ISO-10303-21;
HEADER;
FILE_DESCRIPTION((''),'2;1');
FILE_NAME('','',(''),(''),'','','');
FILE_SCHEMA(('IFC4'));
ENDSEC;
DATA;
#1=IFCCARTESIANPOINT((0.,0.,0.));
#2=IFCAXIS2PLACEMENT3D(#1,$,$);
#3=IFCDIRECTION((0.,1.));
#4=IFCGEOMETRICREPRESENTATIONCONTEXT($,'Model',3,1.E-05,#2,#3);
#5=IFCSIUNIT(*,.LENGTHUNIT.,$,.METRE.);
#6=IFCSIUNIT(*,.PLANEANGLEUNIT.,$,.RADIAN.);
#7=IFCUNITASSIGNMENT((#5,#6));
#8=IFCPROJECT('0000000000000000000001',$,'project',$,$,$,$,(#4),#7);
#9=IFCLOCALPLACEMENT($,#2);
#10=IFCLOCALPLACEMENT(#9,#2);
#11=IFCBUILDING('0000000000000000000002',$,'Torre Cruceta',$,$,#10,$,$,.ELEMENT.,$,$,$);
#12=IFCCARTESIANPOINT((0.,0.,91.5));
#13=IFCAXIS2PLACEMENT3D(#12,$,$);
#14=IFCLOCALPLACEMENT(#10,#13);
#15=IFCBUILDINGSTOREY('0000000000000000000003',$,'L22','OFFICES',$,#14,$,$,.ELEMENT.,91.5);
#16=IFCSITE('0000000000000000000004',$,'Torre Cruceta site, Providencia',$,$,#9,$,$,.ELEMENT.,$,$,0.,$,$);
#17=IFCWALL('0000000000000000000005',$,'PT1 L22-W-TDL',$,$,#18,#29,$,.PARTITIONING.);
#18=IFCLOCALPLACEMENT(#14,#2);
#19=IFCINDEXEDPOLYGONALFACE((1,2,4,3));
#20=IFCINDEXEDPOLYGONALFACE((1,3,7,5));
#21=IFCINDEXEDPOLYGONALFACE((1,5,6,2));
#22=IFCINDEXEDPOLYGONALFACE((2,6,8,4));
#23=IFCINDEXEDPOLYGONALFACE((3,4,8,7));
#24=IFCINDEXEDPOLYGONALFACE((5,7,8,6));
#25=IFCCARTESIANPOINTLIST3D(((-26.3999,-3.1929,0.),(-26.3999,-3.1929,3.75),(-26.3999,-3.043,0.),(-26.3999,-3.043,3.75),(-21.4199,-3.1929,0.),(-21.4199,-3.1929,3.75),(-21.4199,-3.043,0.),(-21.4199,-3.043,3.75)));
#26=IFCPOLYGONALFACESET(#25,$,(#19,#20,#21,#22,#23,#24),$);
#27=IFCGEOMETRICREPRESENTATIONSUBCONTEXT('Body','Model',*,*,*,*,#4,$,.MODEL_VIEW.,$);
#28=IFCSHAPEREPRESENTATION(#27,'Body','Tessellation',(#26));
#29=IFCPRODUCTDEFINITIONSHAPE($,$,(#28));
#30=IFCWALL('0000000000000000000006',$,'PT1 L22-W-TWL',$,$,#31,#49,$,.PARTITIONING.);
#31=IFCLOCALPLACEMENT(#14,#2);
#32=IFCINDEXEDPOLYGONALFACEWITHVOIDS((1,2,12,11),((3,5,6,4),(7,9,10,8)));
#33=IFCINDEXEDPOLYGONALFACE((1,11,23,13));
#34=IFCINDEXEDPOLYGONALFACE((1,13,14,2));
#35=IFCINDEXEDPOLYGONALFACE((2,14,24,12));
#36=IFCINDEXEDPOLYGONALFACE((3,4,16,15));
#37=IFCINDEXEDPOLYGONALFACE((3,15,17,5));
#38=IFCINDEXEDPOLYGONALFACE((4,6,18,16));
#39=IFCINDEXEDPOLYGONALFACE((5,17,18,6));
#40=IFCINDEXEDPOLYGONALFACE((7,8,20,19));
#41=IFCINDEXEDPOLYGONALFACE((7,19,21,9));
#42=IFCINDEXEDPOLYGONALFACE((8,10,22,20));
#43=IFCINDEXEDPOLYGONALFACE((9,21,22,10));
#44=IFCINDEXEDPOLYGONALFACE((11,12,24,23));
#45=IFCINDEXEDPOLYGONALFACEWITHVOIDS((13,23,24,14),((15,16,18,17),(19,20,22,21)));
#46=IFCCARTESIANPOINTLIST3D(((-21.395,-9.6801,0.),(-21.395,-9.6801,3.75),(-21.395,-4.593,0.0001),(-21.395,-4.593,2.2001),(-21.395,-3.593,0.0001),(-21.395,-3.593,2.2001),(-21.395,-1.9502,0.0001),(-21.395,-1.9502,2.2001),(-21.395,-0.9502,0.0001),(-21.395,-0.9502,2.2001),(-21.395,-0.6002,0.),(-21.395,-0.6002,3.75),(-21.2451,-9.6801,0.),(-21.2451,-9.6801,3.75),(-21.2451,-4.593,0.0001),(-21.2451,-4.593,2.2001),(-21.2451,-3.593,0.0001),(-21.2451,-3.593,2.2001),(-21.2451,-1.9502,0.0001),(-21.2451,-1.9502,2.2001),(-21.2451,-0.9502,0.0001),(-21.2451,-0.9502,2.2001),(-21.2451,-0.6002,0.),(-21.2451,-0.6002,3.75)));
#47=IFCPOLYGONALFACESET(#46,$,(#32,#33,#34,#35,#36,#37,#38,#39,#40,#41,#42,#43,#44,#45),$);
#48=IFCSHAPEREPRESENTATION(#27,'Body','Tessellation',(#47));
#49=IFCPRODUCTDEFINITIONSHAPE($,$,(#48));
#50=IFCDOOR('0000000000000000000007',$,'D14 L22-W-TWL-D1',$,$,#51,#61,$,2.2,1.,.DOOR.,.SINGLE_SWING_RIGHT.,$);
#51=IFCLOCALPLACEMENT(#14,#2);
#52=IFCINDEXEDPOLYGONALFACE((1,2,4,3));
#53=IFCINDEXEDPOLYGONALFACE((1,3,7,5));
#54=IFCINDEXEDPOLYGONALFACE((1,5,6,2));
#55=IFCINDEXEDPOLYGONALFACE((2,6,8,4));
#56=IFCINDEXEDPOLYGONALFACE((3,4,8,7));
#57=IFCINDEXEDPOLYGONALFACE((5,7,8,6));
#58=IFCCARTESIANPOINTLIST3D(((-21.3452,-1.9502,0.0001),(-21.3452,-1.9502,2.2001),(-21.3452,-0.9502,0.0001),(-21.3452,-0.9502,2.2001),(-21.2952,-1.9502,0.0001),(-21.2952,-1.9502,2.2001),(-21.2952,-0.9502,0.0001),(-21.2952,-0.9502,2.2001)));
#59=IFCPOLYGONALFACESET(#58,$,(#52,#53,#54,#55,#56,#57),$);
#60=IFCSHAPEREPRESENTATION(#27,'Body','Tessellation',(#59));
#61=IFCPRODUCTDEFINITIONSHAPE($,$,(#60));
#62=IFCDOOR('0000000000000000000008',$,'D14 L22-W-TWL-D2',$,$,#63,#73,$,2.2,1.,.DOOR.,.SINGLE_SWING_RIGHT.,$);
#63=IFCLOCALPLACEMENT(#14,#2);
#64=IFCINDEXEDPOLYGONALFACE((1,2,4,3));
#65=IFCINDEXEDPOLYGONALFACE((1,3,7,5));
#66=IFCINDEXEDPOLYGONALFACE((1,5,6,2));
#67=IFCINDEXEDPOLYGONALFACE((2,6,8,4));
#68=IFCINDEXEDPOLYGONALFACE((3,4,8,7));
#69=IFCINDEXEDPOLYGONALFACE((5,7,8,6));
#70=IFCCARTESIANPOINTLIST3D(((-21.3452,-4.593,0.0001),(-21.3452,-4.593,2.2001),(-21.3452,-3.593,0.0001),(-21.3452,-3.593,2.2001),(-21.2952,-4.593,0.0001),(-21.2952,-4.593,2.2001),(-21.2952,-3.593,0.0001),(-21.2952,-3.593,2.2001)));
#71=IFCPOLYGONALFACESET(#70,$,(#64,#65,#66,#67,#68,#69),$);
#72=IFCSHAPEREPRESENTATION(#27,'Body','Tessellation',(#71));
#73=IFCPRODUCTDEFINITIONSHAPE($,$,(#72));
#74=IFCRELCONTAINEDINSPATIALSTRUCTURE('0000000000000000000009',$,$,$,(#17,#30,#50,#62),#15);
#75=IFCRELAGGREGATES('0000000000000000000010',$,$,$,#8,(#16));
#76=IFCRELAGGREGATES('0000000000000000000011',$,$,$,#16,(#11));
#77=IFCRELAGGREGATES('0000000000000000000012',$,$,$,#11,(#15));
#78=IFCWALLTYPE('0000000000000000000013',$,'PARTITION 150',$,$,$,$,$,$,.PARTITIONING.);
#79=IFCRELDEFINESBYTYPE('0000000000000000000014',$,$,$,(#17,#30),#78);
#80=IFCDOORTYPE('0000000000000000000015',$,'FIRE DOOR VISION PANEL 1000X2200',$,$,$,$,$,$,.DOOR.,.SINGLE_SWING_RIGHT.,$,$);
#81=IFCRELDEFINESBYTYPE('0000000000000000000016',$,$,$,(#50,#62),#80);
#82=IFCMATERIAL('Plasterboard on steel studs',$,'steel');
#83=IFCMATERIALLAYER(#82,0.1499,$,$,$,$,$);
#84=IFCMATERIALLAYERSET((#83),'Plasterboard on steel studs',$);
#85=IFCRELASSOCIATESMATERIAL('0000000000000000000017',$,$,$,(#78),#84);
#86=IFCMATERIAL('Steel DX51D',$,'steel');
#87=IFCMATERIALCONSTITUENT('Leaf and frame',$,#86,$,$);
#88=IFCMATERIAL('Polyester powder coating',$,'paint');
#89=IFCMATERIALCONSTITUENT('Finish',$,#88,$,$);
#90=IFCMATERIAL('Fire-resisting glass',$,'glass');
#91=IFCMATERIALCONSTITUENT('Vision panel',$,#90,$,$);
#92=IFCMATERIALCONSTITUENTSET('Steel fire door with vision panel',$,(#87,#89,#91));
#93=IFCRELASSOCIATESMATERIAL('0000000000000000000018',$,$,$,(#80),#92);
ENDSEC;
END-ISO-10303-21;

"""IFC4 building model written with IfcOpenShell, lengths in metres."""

from ifc_helpers import new_model, si_unit, direction, frame, frame_2d, origin, place, context, subcontext, project, spatial, rectangle, extrude, material, layer, layer_set, constituent, constituent_set, type_object, element, fill, save


model = new_model("IFC4")

# Units and contexts
model_context = context("Model", 3, precision=1e-05, world=origin(), true_north=direction((0.0, 1.0)))
body_context = subcontext(model_context, "Body", "Model", "MODEL_VIEW")
ifc_project = project(units=[si_unit("LENGTHUNIT", "METRE"), si_unit("PLANEANGLEUNIT", "RADIAN")], contexts=[model_context])

# Site, building, storey
site_placement = place(None, origin())
site = spatial("IfcSite", under=ifc_project, at=site_placement, Name="Torre Cruceta site, Providencia", CompositionType="ELEMENT", RefElevation=0.0)
building_placement = place(site_placement, origin())
building = spatial("IfcBuilding", under=site, at=building_placement, Name="Torre Cruceta", CompositionType="ELEMENT")
storey_placement = place(building_placement, frame((0.0, 0.0, 91.5)))
storey = spatial("IfcBuildingStorey", under=building, at=storey_placement, Name="L22", Description="OFFICES", CompositionType="ELEMENT", Elevation=91.5)

# Shared definitions
ifc_material_1 = material(Name="Plasterboard on steel studs", Category="steel")
ifc_layer_1 = layer(ifc_material_1, 0.1499)
ifc_layer_set_1 = layer_set([ifc_layer_1], Name="Plasterboard on steel studs")
wall_type_1 = type_object("IfcWallType", Name="PARTITION 150", PredefinedType="PARTITIONING", material=ifc_layer_set_1)

# Wall
wall_1_placement = place(storey_placement, frame((-21.4199, -3.1179, 0.0), z_axis=(0.0, 0.0, 1.0), x_axis=(-1.0, 0.0, 0.0)))
element("IfcWall", 1, at=wall_1_placement, inside=storey, type_object=wall_type_1, Name="PT1 L22-W-TDL", PredefinedType="PARTITIONING", context=body_context, shape_type="SweptSolid", body=[
    extrude(rectangle(XDim=4.98, YDim=0.1499, at=frame_2d((2.49, 0.0))), origin(), (0.0, 0.0, 1.0), 3.75),
])

# Wall, openings, doors
wall_2_placement = place(storey_placement, frame((-21.3201, -0.6001, 0.0), z_axis=(0.0, 0.0, 1.0), x_axis=(0.0, -1.0, 0.0)))
wall_2 = element("IfcWall", 2, at=wall_2_placement, inside=storey, type_object=wall_type_1, Name="PT1 L22-W-TWL", PredefinedType="PARTITIONING", context=body_context, shape_type="SweptSolid", body=[
    extrude(rectangle(XDim=9.0798, YDim=0.1499, at=frame_2d((4.54, 0.0))), origin(), (0.0, 0.0, 1.0), 3.75),
])
opening_1_placement = place(wall_2_placement, frame((0.3501, 0.0, 0.0)))
opening_1 = element("IfcOpeningElement", 3, at=opening_1_placement, cuts=wall_2, PredefinedType="OPENING", context=body_context, shape_type="SweptSolid", body=[
    extrude(rectangle(XDim=1.0, YDim=2.2, at=frame_2d((0.5, 1.1001))), frame((0.0, 0.085, 0.0), z_axis=(0.0, -1.0, 0.0), x_axis=(1.0, 0.0, 0.0)), (0.0, 0.0, 1.0), 0.1699),
])
opening_2_placement = place(wall_2_placement, frame((2.9929, 0.0, 0.0)))
opening_2 = element("IfcOpeningElement", 4, at=opening_2_placement, cuts=wall_2, PredefinedType="OPENING", context=body_context, shape_type="SweptSolid", body=[
    extrude(rectangle(XDim=1.0, YDim=2.2, at=frame_2d((0.5, 1.1001))), frame((0.0, 0.085, 0.0), z_axis=(0.0, -1.0, 0.0), x_axis=(1.0, 0.0, 0.0)), (0.0, 0.0, 1.0), 0.1699),
])
ifc_material_2 = material(Name="Steel DX51D", Category="steel")
ifc_constituent_1 = constituent(ifc_material_2, Name="Leaf and frame")
ifc_material_3 = material(Name="Polyester powder coating", Category="paint")
ifc_constituent_2 = constituent(ifc_material_3, Name="Finish")
ifc_material_4 = material(Name="Fire-resisting glass", Category="glass")
ifc_constituent_3 = constituent(ifc_material_4, Name="Vision panel")
ifc_constituent_set_1 = constituent_set(constituents=[ifc_constituent_1, ifc_constituent_2, ifc_constituent_3], Name="Steel fire door with vision panel")
door_type_1 = type_object("IfcDoorType", Name="FIRE DOOR VISION PANEL 1000X2200", OperationType="SINGLE_SWING_RIGHT", PredefinedType="DOOR", material=ifc_constituent_set_1)
door_1_placement = place(opening_1_placement, frame((1.0, 0.0, 0.0), z_axis=(0.0, 0.0, 1.0), x_axis=(-1.0, 0.0, 0.0)))
door_1 = element("IfcDoor", 5, at=door_1_placement, inside=storey, type_object=door_type_1, Name="D14 L22-W-TWL-D1", OperationType="SINGLE_SWING_RIGHT", OverallHeight=2.2, OverallWidth=1.0, PredefinedType="DOOR", context=body_context, shape_type="SweptSolid", body=[
    extrude(rectangle(XDim=1.0, YDim=2.2, at=frame_2d((0.5, 1.1001))), frame((0.0, 0.0251, 0.0), z_axis=(0.0, -1.0, 0.0), x_axis=(1.0, 0.0, 0.0)), (0.0, 0.0, 1.0), 0.05),
])
fill(opening_1, door_1)
door_2_placement = place(opening_2_placement, frame((1.0, 0.0, 0.0), z_axis=(0.0, 0.0, 1.0), x_axis=(-1.0, 0.0, 0.0)))
door_2 = element("IfcDoor", 6, at=door_2_placement, inside=storey, type_object=door_type_1, Name="D14 L22-W-TWL-D2", OperationType="SINGLE_SWING_RIGHT", OverallHeight=2.2, OverallWidth=1.0, PredefinedType="DOOR", context=body_context, shape_type="SweptSolid", body=[
    extrude(rectangle(XDim=1.0, YDim=2.2, at=frame_2d((0.5, 1.1001))), frame((0.0, 0.0251, 0.0), z_axis=(0.0, -1.0, 0.0), x_axis=(1.0, 0.0, 0.0)), (0.0, 0.0, 1.0), 0.05),
])
fill(opening_2, door_2)

save(model, "model.ifc")
